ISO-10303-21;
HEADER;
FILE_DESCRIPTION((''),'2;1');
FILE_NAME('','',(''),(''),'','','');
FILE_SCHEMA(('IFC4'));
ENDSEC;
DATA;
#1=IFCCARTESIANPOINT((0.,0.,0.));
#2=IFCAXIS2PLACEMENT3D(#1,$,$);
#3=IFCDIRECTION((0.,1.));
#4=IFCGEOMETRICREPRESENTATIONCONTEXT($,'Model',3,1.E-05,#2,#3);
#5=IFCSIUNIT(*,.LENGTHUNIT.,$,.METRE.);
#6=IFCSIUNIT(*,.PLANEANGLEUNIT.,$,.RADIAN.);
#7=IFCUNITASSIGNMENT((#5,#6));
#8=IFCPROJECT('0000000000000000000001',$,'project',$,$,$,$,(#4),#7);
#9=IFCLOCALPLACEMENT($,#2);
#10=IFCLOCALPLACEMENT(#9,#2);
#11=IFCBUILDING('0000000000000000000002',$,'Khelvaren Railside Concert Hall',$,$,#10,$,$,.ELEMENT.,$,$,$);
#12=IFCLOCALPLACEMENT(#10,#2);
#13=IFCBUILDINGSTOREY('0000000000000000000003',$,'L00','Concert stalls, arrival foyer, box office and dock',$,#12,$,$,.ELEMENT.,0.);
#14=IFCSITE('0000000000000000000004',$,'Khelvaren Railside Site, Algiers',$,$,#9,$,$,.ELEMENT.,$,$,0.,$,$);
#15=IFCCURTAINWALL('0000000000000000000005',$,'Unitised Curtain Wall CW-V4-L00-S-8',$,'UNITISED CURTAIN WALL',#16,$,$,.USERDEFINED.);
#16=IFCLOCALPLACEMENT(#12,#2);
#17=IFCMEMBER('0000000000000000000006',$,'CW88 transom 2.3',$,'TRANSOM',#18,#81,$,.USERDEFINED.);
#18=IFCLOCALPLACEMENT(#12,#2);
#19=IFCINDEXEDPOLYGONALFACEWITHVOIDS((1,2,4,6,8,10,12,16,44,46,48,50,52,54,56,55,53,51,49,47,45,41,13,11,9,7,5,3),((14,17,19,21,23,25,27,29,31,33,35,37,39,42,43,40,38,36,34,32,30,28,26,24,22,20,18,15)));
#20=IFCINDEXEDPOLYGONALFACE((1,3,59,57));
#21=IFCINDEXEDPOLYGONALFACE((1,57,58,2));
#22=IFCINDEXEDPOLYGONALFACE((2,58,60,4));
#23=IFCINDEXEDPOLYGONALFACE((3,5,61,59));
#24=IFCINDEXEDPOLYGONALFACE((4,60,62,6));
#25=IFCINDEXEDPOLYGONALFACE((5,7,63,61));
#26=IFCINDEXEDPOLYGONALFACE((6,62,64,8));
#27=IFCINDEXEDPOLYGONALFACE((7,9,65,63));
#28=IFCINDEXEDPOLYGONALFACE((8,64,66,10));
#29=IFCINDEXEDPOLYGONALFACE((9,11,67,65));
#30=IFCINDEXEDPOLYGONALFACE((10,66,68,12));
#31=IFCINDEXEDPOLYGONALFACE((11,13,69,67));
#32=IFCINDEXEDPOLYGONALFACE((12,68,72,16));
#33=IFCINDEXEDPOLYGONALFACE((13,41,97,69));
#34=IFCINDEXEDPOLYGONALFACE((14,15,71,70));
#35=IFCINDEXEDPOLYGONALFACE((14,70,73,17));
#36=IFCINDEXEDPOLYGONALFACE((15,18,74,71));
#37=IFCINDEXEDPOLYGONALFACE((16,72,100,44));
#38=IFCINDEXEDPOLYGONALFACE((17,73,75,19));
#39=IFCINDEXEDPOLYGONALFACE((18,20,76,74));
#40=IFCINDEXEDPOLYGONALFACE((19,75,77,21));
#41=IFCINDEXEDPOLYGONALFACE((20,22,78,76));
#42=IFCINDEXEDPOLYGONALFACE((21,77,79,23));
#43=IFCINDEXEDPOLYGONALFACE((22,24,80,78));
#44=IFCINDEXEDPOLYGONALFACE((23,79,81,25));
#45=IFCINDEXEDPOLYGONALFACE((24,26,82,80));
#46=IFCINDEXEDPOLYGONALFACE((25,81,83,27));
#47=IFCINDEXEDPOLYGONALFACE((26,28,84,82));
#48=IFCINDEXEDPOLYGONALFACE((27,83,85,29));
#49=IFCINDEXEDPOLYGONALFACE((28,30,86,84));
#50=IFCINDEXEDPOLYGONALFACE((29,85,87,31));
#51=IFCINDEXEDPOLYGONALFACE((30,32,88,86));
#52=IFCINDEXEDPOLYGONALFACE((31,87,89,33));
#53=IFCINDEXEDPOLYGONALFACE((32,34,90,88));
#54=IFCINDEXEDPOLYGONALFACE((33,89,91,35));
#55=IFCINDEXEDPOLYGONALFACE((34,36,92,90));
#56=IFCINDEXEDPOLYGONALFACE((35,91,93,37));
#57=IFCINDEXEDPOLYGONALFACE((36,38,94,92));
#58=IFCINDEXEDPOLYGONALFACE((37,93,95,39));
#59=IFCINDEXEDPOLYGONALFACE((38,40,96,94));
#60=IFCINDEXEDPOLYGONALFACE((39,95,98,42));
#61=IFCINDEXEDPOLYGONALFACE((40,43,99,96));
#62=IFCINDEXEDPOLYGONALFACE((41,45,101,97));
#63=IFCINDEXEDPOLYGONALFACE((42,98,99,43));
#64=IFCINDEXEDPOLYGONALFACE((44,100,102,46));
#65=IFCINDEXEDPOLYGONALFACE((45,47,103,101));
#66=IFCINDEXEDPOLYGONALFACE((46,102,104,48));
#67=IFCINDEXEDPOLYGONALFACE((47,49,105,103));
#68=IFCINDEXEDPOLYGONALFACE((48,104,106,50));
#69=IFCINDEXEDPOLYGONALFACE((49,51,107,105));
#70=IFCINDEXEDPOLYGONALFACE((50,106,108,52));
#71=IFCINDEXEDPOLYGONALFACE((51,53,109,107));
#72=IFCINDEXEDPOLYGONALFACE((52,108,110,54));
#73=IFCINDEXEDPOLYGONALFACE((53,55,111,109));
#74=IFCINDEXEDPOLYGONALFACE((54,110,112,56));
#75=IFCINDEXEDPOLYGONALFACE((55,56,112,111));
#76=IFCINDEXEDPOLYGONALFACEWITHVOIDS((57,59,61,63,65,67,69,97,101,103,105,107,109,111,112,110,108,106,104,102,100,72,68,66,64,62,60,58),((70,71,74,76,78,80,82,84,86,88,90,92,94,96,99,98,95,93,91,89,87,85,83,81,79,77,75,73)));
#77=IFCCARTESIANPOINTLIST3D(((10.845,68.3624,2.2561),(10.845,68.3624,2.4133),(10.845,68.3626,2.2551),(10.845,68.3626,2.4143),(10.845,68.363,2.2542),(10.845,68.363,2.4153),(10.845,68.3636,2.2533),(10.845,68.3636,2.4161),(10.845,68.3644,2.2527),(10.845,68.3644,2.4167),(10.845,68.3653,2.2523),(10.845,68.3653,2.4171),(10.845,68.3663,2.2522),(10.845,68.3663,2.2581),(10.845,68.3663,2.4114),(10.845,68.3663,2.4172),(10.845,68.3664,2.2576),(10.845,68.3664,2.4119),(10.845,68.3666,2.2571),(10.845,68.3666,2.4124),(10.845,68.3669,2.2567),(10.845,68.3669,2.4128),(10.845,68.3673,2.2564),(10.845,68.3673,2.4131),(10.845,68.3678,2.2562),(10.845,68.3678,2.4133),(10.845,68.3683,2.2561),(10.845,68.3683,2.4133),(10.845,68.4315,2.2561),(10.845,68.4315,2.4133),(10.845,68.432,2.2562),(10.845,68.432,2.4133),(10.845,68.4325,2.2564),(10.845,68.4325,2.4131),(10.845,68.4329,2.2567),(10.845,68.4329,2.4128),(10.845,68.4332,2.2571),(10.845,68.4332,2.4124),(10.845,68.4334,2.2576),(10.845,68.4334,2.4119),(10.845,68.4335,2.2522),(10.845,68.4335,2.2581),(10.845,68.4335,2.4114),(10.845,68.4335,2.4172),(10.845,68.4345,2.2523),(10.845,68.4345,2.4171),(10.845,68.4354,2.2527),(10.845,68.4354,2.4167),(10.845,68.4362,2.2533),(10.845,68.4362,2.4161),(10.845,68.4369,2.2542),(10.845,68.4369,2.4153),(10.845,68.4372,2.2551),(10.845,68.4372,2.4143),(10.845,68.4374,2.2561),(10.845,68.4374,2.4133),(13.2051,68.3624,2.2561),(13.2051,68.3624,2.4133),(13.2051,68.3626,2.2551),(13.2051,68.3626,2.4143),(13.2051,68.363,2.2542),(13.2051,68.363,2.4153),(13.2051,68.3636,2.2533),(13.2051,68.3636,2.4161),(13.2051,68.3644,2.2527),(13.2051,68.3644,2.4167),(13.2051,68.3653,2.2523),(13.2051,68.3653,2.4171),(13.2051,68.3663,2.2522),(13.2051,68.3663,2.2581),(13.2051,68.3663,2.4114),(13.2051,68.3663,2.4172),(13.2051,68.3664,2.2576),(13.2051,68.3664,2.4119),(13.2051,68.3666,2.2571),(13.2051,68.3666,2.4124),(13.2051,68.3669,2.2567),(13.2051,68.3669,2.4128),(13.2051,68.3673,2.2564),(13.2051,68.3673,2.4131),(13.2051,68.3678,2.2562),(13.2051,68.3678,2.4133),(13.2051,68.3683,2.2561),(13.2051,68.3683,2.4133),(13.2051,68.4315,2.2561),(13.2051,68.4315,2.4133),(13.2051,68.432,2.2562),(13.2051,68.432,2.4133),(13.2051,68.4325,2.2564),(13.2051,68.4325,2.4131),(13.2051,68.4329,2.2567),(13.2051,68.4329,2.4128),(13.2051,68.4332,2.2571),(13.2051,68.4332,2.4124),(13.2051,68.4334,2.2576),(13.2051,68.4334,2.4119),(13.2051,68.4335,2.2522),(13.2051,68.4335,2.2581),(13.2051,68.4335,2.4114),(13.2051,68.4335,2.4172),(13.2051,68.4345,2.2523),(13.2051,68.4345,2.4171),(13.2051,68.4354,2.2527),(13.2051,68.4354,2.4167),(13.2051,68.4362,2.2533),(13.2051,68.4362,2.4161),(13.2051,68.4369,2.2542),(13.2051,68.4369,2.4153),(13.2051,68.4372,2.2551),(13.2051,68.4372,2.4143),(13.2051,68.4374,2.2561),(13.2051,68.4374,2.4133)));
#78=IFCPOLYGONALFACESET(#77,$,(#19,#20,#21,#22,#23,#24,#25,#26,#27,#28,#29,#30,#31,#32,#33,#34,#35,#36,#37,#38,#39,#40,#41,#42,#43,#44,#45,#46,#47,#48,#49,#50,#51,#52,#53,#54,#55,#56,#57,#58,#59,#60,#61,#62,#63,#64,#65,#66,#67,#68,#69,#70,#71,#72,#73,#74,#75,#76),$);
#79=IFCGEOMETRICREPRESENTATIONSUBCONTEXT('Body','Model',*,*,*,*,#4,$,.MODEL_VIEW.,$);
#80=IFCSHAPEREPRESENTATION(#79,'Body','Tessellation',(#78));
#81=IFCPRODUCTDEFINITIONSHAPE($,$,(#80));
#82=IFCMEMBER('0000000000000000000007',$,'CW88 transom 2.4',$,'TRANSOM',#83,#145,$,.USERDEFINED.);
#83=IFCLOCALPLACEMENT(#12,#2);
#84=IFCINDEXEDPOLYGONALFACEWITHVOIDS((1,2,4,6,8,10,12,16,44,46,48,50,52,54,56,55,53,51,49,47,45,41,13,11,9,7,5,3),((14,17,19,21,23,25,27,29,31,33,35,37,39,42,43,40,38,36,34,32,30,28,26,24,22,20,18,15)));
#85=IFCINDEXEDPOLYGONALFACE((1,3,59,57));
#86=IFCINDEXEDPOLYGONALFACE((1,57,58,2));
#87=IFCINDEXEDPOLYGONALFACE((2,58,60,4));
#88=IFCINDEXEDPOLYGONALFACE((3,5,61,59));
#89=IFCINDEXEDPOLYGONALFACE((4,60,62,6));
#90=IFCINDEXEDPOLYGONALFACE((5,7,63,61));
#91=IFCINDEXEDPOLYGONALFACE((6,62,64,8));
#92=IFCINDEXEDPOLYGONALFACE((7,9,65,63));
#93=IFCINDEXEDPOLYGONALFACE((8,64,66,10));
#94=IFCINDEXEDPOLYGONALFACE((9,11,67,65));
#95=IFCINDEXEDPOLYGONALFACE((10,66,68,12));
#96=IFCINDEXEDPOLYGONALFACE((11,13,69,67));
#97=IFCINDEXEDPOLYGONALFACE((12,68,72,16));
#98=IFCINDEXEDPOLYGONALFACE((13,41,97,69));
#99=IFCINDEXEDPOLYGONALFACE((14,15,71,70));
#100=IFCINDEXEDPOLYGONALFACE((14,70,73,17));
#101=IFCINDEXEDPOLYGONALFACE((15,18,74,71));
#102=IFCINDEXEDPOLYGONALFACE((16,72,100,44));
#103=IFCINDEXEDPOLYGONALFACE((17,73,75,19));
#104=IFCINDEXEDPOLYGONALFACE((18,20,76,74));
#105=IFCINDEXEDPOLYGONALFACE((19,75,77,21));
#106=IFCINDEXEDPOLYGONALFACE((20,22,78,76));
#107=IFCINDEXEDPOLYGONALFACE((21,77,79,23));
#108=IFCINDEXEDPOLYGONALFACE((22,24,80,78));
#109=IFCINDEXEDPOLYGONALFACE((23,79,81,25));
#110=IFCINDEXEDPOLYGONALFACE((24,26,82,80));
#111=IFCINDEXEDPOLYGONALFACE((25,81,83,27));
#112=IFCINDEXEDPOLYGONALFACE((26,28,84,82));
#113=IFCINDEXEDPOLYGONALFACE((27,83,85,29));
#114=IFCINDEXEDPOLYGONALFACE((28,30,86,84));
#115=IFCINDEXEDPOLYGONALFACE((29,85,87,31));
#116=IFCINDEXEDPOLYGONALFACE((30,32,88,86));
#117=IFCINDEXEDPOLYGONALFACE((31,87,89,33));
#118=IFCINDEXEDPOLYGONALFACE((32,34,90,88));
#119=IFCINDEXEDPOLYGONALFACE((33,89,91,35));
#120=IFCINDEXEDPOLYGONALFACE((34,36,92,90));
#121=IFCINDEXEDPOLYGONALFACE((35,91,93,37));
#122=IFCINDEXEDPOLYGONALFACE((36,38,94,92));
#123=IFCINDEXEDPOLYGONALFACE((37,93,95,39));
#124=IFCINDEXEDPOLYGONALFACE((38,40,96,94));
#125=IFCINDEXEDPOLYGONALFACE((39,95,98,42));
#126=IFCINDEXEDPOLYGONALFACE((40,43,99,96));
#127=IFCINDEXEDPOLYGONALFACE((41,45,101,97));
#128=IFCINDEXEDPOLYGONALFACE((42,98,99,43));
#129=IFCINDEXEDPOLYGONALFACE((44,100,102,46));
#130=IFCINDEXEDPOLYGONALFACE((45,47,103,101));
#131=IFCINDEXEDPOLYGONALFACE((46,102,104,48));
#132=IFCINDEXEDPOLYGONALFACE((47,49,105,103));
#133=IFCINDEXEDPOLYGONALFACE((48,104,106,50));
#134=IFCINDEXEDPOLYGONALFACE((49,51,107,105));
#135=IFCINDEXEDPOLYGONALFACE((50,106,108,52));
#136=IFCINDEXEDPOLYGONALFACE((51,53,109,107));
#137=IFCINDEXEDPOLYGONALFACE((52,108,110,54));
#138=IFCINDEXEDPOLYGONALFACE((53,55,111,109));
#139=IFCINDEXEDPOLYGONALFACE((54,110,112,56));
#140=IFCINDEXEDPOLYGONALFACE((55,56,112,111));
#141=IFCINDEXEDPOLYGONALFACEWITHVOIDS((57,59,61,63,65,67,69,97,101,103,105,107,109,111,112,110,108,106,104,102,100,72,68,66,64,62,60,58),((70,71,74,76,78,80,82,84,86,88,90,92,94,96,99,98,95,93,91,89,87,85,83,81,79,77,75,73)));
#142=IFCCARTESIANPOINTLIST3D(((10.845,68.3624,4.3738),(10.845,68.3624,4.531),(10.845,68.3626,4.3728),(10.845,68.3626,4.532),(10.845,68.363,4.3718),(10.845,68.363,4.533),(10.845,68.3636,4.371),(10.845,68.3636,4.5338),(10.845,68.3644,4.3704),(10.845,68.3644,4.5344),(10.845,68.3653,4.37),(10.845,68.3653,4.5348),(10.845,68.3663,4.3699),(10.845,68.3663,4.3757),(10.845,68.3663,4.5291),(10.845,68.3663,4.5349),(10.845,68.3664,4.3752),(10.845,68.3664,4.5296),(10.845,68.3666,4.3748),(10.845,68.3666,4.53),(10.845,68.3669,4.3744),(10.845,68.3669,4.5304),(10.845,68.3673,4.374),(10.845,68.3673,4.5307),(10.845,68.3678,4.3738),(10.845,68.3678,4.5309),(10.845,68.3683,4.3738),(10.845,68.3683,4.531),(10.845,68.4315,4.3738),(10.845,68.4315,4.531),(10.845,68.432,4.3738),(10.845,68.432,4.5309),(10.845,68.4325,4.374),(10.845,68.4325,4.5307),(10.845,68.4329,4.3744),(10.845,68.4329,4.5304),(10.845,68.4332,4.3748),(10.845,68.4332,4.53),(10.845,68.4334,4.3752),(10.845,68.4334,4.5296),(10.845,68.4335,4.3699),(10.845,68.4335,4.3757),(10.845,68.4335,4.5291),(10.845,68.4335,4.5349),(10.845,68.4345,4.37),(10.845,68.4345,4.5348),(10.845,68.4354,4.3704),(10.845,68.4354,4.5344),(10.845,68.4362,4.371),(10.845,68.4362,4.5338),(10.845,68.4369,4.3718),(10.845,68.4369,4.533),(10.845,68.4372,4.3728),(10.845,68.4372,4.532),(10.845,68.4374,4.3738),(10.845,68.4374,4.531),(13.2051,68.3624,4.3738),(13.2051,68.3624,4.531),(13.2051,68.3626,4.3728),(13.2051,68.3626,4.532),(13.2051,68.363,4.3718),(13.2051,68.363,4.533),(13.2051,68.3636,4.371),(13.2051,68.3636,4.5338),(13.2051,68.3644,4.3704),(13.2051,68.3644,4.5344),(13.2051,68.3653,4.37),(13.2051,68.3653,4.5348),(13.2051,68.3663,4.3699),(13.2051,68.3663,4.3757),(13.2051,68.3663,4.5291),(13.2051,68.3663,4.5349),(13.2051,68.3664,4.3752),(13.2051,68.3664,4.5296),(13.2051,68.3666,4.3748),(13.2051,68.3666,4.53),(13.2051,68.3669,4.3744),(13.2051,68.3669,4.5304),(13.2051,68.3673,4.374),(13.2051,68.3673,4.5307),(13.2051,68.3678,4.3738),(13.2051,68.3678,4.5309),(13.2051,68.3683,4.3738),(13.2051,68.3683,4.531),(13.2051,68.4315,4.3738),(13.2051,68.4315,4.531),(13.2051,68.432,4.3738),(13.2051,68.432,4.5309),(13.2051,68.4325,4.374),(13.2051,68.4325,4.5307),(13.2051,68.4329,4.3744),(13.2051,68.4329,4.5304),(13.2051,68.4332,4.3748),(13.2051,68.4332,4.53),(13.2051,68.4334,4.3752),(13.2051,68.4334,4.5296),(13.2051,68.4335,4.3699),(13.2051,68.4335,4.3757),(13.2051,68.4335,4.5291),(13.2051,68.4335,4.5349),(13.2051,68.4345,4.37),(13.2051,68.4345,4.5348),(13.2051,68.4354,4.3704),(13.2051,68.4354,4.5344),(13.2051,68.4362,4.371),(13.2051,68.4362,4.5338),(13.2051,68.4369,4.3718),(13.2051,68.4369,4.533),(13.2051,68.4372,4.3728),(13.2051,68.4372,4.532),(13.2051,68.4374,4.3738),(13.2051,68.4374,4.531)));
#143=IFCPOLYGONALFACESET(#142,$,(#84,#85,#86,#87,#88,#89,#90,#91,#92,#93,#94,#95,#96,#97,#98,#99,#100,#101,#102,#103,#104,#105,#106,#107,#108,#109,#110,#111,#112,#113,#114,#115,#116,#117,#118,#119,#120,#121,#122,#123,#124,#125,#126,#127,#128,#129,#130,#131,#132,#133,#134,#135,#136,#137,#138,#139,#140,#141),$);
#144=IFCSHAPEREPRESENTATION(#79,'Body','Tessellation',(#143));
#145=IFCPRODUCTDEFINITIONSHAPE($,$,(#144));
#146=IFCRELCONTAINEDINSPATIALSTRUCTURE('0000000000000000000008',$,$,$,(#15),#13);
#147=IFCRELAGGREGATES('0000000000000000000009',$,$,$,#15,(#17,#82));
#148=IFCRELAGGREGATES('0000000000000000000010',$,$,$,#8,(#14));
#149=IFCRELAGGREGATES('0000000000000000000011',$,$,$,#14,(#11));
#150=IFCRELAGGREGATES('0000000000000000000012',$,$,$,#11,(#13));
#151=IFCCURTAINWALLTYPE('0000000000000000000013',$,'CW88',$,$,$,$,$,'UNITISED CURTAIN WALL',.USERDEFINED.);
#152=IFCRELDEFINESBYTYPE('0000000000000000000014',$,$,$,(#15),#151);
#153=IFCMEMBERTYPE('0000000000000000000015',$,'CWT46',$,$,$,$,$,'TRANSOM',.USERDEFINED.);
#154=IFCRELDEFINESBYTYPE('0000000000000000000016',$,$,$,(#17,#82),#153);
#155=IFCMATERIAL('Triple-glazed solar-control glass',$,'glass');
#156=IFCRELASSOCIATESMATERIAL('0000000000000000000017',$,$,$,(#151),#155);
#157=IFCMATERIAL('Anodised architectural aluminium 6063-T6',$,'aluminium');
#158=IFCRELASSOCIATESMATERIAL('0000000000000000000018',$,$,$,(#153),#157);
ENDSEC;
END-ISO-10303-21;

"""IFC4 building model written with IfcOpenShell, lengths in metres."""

from ifc_helpers import new_model, si_unit, direction, frame, origin, origin_2d, place, context, subcontext, project, spatial, hollow_rectangle, extrude, material, material_profile, profile_set, type_object, element, aggregate, save


model = new_model("IFC4")

# Units and contexts
model_context = context("Model", 3, precision=1e-05, world=origin(), true_north=direction((0.0, 1.0)))
body_context = subcontext(model_context, "Body", "Model", "MODEL_VIEW")
ifc_project = project(units=[si_unit("LENGTHUNIT", "METRE"), si_unit("PLANEANGLEUNIT", "RADIAN")], contexts=[model_context])

# Site, building, storey
site_placement = place(None, origin())
site = spatial("IfcSite", under=ifc_project, at=site_placement, Name="Khelvaren Railside Site, Algiers", CompositionType="ELEMENT", RefElevation=0.0)
building_placement = place(site_placement, origin())
building = spatial("IfcBuilding", under=site, at=building_placement, Name="Khelvaren Railside Concert Hall", CompositionType="ELEMENT")
storey_placement = place(building_placement, origin())
storey = spatial("IfcBuildingStorey", under=building, at=storey_placement, Name="L00", Description="Concert stalls, arrival foyer, box office and dock", CompositionType="ELEMENT", Elevation=0.0)

# Curtain wall
ifc_material_1 = material(Name="Triple-glazed solar-control glass", Category="glass")
ifc_material_2 = material(Name="Anodised architectural aluminium 6063-T6", Category="aluminium")
curtain_wall_type_1 = type_object("IfcCurtainWallType", Name="CW88", ElementType="UNITISED CURTAIN WALL", PredefinedType="USERDEFINED", material=ifc_material_1)
curtain_wall_1_placement = place(storey_placement, origin())
curtain_wall_1 = element("IfcCurtainWall", 1, at=curtain_wall_1_placement, inside=storey, type_object=curtain_wall_type_1, Name="Unitised Curtain Wall CW-V4-L00-S-8", ObjectType="UNITISED CURTAIN WALL", PredefinedType="USERDEFINED")

# Members
ifc_material_profile_1 = material_profile(ifc_material_2, hollow_rectangle(XDim=0.075, YDim=0.165, WallThickness=0.0039, InnerFilletRadius=0.002, OuterFilletRadius=0.0039, at=origin_2d()), Name="CWT 75x165x4")
ifc_profile_set_1 = profile_set([ifc_material_profile_1], Name="Anodised architectural aluminium 6063-T6")
member_type_1 = type_object("IfcMemberType", Name="CWT46", ElementType="TRANSOM", PredefinedType="USERDEFINED", material=ifc_profile_set_1)
member_1_placement = place(storey_placement, frame((13.2051, 68.3999, 2.3347), z_axis=(-1.0, 0.0, 0.0), x_axis=(0.0, -1.0, 0.0)))
member_1 = element("IfcMember", 2, at=member_1_placement, type_object=member_type_1, Name="CW88 transom 2.3", ObjectType="TRANSOM", PredefinedType="USERDEFINED", context=body_context, shape_type="SweptSolid", body=[
    extrude(hollow_rectangle(XDim=0.075, YDim=0.165, WallThickness=0.0039, InnerFilletRadius=0.002, OuterFilletRadius=0.0039, at=origin_2d()), origin(), (0.0, 0.0, 1.0), 2.3601),
])
member_2_placement = place(storey_placement, frame((13.2051, 68.3999, 4.4524), z_axis=(-1.0, 0.0, 0.0), x_axis=(0.0, -1.0, 0.0)))
member_2 = element("IfcMember", 3, at=member_2_placement, type_object=member_type_1, Name="CW88 transom 2.4", ObjectType="TRANSOM", PredefinedType="USERDEFINED", context=body_context, shape_type="SweptSolid", body=[
    extrude(hollow_rectangle(XDim=0.075, YDim=0.165, WallThickness=0.0039, InnerFilletRadius=0.002, OuterFilletRadius=0.0039, at=origin_2d()), origin(), (0.0, 0.0, 1.0), 2.3601),
])

aggregate(curtain_wall_1, [member_1, member_2])

save(model, "model.ifc")
